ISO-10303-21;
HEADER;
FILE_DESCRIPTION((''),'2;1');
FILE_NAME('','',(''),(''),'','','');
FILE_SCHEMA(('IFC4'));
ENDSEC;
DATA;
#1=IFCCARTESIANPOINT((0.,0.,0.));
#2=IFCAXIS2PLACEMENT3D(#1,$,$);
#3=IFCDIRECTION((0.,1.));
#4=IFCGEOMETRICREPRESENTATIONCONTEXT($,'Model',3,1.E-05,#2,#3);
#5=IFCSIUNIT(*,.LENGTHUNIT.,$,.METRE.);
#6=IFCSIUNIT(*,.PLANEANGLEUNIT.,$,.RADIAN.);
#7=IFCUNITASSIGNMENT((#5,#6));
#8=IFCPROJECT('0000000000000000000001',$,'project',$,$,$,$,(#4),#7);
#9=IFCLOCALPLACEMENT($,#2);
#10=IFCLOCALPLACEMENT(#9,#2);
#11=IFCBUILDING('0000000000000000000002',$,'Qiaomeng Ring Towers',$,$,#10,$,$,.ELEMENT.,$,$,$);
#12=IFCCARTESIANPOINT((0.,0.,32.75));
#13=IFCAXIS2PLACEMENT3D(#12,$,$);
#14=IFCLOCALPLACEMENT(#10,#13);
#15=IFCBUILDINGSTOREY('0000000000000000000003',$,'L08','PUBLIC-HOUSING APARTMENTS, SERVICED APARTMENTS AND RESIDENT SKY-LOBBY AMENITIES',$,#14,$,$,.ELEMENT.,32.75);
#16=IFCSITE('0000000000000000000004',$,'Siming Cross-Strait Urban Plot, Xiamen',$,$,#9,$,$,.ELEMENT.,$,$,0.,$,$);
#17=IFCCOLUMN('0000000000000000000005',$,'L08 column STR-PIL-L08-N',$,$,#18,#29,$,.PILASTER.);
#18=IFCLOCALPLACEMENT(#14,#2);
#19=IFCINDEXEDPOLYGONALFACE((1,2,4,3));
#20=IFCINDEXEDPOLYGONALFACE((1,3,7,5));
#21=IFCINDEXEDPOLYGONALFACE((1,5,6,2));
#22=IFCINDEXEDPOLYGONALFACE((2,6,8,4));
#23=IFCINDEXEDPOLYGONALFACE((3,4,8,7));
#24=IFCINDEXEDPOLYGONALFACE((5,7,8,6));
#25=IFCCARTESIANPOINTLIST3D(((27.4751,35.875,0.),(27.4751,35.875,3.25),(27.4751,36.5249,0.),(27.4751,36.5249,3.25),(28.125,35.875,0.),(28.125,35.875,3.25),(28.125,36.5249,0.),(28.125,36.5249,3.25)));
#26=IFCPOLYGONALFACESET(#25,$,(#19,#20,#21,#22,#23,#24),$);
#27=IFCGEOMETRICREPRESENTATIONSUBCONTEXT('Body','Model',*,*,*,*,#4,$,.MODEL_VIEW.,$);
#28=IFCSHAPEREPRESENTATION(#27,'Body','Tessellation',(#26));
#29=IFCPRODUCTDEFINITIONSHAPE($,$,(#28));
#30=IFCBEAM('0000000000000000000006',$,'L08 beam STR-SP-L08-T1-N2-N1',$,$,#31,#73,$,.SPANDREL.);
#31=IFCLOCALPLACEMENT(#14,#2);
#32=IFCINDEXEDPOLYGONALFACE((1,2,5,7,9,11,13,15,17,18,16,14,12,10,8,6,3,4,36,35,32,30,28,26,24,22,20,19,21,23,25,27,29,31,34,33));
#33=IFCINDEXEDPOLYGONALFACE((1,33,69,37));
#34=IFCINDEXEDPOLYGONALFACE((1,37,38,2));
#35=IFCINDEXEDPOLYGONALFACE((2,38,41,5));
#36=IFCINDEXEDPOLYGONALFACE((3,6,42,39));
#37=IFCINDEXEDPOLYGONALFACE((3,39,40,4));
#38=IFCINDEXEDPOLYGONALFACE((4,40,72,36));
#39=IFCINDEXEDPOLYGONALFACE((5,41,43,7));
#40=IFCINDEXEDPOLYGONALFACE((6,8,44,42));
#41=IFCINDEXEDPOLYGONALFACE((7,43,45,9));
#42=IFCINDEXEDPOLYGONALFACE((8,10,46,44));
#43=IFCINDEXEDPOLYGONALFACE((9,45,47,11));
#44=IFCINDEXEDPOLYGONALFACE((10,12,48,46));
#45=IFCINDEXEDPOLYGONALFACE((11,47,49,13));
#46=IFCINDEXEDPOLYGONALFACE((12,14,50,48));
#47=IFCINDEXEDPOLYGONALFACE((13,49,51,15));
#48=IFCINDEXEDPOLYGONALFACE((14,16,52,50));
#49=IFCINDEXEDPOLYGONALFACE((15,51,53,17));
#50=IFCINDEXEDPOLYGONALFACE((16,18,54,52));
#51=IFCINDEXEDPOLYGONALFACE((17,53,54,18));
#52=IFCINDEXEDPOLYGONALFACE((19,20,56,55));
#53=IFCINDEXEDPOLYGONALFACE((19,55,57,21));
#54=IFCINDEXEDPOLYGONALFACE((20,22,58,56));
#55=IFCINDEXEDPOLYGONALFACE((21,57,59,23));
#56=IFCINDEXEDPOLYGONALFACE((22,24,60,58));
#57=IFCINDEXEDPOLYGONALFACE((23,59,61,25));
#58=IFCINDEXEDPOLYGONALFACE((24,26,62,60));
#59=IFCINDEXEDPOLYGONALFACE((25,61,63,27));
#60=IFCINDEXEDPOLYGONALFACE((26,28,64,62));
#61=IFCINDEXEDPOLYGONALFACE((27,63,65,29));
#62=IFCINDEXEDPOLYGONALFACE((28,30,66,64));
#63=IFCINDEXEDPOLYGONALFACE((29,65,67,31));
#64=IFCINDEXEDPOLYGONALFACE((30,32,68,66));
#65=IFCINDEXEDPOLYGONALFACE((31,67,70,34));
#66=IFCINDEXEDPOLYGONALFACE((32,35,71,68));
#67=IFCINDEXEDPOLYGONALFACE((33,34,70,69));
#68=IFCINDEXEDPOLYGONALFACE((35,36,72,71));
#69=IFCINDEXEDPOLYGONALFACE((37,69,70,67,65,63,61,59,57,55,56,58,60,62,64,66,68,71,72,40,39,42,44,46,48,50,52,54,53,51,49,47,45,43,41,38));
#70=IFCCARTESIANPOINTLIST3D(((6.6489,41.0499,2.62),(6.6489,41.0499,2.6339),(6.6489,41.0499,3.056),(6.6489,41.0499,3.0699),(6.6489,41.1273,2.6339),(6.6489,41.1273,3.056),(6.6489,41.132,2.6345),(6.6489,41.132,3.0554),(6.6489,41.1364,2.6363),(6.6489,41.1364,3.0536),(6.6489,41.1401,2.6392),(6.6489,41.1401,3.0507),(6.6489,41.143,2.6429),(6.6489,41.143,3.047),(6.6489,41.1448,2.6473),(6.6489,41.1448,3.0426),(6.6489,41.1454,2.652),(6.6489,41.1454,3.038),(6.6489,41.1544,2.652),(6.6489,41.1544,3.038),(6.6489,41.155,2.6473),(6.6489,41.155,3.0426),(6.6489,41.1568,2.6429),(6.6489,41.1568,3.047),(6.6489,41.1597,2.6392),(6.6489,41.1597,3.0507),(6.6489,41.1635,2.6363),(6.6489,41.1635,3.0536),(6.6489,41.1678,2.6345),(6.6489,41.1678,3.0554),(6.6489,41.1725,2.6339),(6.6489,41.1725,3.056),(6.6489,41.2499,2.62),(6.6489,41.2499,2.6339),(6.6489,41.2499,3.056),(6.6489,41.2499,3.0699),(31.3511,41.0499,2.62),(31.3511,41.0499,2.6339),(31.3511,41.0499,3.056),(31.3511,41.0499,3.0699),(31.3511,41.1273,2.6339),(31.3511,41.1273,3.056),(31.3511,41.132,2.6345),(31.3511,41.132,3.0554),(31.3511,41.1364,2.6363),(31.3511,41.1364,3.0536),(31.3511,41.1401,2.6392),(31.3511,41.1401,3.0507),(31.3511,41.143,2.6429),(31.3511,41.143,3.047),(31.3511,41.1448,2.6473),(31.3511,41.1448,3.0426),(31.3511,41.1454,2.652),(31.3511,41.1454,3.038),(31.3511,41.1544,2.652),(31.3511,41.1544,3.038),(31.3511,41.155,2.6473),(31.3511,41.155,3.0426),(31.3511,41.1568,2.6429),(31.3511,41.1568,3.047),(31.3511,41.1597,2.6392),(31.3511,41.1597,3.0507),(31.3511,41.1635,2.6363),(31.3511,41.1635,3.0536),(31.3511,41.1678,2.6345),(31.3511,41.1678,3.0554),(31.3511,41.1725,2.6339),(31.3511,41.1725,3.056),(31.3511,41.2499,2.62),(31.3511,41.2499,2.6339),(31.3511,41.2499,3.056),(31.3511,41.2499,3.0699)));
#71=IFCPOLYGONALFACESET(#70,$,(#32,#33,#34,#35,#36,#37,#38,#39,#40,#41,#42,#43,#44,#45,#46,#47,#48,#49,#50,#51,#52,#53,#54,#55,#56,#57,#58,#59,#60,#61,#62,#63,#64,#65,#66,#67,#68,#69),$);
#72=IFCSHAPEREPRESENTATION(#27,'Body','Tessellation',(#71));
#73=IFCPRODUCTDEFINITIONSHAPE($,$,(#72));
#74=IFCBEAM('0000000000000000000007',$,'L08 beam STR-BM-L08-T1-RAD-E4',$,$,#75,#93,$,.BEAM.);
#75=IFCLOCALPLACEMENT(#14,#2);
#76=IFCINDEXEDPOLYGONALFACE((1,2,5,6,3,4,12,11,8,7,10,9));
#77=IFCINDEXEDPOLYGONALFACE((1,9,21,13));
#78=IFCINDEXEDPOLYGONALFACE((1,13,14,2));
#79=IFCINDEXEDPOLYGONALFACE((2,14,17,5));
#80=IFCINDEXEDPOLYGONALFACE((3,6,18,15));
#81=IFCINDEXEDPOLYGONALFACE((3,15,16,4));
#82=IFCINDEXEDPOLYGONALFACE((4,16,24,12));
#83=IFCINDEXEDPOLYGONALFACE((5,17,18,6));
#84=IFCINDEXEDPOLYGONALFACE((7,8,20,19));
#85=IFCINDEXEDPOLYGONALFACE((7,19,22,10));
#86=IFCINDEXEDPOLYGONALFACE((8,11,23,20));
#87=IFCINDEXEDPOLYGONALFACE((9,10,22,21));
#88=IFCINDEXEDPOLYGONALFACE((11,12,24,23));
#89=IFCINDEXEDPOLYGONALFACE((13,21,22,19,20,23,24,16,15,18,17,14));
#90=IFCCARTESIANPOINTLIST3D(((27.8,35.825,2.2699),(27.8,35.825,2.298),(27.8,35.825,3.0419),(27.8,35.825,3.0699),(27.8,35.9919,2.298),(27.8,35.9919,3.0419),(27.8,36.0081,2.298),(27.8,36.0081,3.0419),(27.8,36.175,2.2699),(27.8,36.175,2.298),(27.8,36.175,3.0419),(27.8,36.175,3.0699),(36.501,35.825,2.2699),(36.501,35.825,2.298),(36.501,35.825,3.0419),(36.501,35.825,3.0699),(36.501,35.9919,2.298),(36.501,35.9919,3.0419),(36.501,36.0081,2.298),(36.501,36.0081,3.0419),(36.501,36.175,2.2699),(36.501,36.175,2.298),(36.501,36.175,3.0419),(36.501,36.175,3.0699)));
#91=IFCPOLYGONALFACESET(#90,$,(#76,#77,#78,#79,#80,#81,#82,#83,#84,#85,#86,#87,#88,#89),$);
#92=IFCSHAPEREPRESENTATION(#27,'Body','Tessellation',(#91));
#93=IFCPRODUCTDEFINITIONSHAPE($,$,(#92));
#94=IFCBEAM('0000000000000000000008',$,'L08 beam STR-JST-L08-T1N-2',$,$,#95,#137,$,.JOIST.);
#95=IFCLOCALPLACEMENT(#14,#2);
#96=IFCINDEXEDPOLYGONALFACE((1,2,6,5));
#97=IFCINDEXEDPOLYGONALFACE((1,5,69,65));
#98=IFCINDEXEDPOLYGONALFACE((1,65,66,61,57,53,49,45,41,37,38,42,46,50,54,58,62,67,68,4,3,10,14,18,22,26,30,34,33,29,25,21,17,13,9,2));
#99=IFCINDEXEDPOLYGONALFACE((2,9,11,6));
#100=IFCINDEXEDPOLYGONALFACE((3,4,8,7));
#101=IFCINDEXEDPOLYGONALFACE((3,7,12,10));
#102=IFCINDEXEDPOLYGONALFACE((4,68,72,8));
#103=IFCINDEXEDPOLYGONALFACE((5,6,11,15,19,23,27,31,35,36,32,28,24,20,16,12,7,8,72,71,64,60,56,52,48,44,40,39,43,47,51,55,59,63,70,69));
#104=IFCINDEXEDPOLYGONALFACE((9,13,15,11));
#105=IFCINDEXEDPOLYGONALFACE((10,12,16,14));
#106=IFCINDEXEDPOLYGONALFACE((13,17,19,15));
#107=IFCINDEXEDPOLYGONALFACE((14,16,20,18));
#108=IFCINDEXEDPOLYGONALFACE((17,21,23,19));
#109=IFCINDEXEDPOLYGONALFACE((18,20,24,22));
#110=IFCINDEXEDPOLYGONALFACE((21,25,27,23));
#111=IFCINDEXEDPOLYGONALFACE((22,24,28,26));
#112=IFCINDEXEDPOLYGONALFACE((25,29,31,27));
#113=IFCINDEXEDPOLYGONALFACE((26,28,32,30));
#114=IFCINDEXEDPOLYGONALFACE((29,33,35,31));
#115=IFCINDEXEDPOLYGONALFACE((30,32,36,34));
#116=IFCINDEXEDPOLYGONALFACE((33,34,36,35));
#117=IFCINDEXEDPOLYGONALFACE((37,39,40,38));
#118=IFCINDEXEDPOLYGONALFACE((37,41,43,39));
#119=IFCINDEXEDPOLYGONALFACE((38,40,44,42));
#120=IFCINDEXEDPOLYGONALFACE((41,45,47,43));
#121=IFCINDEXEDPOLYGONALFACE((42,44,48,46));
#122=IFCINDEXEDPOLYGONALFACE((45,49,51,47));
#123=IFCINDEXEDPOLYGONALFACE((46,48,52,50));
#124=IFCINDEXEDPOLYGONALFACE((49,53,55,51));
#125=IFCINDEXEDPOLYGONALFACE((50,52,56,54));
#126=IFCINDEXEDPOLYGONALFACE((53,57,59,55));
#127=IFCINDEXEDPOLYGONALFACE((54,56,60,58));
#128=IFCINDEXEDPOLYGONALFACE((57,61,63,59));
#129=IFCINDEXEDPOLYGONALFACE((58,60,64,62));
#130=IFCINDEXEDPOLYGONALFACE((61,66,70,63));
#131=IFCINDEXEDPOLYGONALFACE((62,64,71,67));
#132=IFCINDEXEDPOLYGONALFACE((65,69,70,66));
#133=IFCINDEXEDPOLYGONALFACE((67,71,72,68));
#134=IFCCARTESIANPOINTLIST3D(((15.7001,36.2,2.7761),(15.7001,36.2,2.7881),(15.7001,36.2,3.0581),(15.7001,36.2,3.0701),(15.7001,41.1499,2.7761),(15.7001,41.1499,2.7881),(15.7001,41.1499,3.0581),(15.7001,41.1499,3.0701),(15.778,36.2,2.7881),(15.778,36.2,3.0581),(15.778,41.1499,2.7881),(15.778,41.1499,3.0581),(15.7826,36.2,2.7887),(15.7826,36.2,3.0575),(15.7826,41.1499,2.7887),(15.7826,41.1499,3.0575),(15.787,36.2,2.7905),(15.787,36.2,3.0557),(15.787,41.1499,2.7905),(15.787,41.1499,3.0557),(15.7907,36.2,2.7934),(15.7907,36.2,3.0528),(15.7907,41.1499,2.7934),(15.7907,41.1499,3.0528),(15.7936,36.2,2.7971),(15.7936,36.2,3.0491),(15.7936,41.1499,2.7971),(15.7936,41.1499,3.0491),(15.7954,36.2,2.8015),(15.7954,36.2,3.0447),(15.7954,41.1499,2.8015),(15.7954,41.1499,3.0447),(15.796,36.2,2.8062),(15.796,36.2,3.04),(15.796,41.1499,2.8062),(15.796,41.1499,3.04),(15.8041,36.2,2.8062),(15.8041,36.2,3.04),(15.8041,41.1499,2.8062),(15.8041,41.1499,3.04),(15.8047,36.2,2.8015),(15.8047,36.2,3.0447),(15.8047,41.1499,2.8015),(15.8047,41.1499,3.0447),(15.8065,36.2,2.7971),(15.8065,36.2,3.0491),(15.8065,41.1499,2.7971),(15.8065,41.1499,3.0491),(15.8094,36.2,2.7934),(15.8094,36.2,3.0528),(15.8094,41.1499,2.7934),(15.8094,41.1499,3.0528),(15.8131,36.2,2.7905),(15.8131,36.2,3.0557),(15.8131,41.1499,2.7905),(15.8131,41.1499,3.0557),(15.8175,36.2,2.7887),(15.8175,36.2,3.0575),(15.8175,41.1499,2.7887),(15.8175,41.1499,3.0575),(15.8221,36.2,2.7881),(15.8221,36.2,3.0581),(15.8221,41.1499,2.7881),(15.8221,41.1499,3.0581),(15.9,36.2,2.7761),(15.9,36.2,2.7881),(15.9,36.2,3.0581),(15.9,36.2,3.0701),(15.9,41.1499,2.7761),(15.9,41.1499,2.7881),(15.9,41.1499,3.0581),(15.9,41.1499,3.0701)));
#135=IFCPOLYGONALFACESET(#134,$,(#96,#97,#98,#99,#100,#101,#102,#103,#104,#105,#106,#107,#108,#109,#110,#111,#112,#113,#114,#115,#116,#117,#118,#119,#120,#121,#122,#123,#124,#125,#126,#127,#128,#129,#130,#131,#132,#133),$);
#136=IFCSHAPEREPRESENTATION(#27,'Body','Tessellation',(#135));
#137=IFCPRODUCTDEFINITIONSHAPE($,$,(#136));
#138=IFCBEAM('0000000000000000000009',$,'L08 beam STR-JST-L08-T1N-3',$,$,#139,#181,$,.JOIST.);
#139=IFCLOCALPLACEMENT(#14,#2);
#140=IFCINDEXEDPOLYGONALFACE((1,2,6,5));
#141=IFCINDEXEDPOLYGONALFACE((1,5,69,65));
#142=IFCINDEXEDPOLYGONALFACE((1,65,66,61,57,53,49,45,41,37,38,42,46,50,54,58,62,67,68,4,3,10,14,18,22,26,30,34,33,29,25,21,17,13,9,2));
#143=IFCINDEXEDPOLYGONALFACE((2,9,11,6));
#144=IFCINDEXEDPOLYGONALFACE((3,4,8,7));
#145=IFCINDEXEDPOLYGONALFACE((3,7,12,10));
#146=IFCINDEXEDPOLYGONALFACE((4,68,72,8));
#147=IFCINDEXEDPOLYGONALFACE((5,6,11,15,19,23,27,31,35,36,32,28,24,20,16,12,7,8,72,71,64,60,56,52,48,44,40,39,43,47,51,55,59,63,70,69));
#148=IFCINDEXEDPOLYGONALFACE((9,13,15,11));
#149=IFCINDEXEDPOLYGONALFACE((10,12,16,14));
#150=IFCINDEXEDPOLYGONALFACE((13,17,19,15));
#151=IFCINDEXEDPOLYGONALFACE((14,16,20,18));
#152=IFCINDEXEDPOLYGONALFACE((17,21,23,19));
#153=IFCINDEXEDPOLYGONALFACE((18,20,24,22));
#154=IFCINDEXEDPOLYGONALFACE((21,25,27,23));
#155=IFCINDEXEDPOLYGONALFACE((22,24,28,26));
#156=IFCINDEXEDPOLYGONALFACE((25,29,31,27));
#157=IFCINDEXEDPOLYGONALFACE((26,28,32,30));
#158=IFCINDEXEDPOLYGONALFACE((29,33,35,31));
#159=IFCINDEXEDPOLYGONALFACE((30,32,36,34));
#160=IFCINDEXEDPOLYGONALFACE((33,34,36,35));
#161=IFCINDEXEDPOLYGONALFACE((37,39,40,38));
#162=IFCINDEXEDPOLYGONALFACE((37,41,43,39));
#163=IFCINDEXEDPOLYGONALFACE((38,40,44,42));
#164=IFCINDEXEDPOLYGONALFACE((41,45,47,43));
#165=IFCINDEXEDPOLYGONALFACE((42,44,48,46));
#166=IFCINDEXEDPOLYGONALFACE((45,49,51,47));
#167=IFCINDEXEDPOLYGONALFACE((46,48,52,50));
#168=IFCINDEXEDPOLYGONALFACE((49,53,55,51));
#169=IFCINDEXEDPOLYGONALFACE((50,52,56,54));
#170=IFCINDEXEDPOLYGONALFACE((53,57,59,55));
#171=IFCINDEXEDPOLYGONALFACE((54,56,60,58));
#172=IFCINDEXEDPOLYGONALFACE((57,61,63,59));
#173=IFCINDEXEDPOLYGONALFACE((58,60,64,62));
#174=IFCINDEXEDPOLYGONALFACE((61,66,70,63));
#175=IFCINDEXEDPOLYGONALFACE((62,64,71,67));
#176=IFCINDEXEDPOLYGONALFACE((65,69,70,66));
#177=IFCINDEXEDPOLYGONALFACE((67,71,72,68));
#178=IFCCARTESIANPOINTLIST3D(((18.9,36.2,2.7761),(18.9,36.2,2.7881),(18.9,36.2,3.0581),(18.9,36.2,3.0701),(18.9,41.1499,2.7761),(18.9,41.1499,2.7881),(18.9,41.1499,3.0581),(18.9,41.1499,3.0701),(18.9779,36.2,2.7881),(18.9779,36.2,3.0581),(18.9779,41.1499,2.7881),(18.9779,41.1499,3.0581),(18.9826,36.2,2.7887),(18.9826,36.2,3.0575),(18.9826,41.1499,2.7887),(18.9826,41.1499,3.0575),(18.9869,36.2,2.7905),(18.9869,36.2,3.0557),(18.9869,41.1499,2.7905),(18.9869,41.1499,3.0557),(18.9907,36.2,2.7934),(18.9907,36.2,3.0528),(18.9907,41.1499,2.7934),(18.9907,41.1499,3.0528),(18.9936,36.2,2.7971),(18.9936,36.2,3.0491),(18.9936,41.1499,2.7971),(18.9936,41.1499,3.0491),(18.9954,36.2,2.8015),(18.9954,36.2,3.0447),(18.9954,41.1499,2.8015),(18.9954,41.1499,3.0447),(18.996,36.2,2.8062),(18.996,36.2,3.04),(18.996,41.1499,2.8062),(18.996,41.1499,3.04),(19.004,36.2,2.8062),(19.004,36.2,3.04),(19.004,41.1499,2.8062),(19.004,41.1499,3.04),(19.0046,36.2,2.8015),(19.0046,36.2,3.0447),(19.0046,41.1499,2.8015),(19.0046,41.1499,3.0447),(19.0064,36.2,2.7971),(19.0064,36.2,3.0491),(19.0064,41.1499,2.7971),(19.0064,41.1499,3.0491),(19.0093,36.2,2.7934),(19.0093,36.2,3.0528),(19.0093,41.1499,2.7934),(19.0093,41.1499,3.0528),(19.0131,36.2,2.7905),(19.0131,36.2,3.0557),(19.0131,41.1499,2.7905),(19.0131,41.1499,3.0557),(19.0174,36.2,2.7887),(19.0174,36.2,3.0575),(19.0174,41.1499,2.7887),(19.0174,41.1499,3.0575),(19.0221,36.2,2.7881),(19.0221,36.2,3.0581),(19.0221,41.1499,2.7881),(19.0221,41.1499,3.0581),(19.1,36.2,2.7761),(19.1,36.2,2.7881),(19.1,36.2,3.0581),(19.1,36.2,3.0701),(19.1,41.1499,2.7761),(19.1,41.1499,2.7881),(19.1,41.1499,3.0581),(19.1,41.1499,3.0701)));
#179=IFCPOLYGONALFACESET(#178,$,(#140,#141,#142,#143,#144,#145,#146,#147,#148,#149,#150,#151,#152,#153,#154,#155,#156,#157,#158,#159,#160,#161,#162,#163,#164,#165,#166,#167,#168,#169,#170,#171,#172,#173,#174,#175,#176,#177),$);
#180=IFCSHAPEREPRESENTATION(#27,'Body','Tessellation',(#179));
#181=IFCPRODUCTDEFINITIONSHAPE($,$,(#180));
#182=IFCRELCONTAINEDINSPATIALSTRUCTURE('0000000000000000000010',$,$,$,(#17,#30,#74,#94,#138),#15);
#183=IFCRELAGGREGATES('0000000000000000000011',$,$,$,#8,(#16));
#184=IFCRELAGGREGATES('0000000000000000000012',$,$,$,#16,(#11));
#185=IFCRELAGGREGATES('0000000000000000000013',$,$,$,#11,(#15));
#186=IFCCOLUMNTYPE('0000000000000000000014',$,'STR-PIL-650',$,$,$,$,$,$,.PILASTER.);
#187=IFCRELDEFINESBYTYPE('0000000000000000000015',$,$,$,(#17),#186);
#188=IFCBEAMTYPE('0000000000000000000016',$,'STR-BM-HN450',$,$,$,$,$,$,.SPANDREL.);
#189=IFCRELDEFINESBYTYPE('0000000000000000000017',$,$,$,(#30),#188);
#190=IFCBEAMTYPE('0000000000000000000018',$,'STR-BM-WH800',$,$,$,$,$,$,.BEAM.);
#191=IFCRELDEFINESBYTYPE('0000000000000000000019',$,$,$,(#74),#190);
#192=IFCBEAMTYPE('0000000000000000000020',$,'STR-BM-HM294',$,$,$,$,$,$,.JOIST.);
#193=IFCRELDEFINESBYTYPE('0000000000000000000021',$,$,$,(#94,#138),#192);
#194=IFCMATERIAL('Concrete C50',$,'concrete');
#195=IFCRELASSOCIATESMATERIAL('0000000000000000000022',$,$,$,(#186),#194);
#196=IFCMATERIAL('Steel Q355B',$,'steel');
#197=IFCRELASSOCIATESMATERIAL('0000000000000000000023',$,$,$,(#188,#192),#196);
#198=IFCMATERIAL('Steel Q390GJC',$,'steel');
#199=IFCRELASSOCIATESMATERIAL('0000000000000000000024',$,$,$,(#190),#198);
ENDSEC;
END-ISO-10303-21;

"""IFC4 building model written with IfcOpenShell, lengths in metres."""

from ifc_helpers import new_model, si_unit, direction, frame, origin, origin_2d, place, context, subcontext, project, spatial, rectangle, i_section, extrude, source, transform, mapped, material, material_profile, profile_set, type_object, element, save


model = new_model("IFC4")

# Units and contexts
model_context = context("Model", 3, precision=1e-05, world=origin(), true_north=direction((0.0, 1.0)))
body_context = subcontext(model_context, "Body", "Model", "MODEL_VIEW")
ifc_project = project(units=[si_unit("LENGTHUNIT", "METRE"), si_unit("PLANEANGLEUNIT", "RADIAN")], contexts=[model_context])

# Site, building, storey
site_placement = place(None, origin())
site = spatial("IfcSite", under=ifc_project, at=site_placement, Name="Siming Cross-Strait Urban Plot, Xiamen", CompositionType="ELEMENT", RefElevation=0.0)
building_placement = place(site_placement, origin())
building = spatial("IfcBuilding", under=site, at=building_placement, Name="Qiaomeng Ring Towers", CompositionType="ELEMENT")
storey_placement = place(building_placement, frame((0.0, 0.0, 32.75)))
storey = spatial("IfcBuildingStorey", under=building, at=storey_placement, Name="L08", Description="PUBLIC-HOUSING APARTMENTS, SERVICED APARTMENTS AND RESIDENT SKY-LOBBY AMENITIES", CompositionType="ELEMENT", Elevation=32.75)

# Column
ifc_material_1 = material(Name="Concrete C50", Category="concrete")
ifc_material_profile_1 = material_profile(ifc_material_1, rectangle(XDim=0.6499, YDim=0.6499, at=origin_2d()), Name="RC COL 650x650")
ifc_profile_set_1 = profile_set([ifc_material_profile_1], Name="Concrete C50")
column_type = type_object("IfcColumnType", Name="STR-PIL-650", PredefinedType="PILASTER", material=ifc_profile_set_1)
shared_shape_1 = source(origin(), body_context, "Body", "SweptSolid", [
    extrude(rectangle(XDim=0.6499, YDim=0.6499, at=origin_2d()), origin(), (0.0, 0.0, 1.0), 3.25),
])
column_placement = place(storey_placement, frame((27.8, 36.2, 0.0), z_axis=(0.0, 0.0, 1.0), x_axis=(1.0, 0.0, 0.0)))
element("IfcColumn", 1, at=column_placement, inside=storey, type_object=column_type, Name="L08 column STR-PIL-L08-N", PredefinedType="PILASTER", context=body_context, shape_type="MappedRepresentation", body=[
    mapped(shared_shape_1, transform((0.0, 0.0, 0.0), x_axis=(1.0, 0.0, 0.0), y_axis=(0.0, 1.0, 0.0), z_axis=(0.0, 0.0, 1.0), scale=1.0)),
])

# Beams
ifc_material_2 = material(Name="Steel Q355B", Category="steel")
ifc_material_profile_2 = material_profile(ifc_material_2, i_section(OverallWidth=0.2, OverallDepth=0.45, WebThickness=0.009, FlangeThickness=0.0139, FilletRadius=0.0181, at=origin_2d()), Name="HN 450x200x9x14")
ifc_profile_set_2 = profile_set([ifc_material_profile_2], Name="Steel Q355B")
beam_type_1 = type_object("IfcBeamType", Name="STR-BM-HN450", PredefinedType="SPANDREL", material=ifc_profile_set_2)
shared_shape_2 = source(origin(), body_context, "Body", "SweptSolid", [
    extrude(i_section(OverallWidth=0.2, OverallDepth=0.45, WebThickness=0.009, FlangeThickness=0.0139, FilletRadius=0.0181, at=origin_2d()), origin(), (0.0, 0.0, 1.0), 24.7021),
])
beam_1_placement = place(storey_placement, frame((31.3511, 41.1499, 2.845), z_axis=(-1.0, 0.0, 0.0), x_axis=(0.0, -1.0, 0.0)))
element("IfcBeam", 2, at=beam_1_placement, inside=storey, type_object=beam_type_1, Name="L08 beam STR-SP-L08-T1-N2-N1", PredefinedType="SPANDREL", context=body_context, shape_type="MappedRepresentation", body=[
    mapped(shared_shape_2, transform((0.0, 0.0, 0.0), x_axis=(1.0, 0.0, 0.0), y_axis=(0.0, 1.0, 0.0), z_axis=(0.0, 0.0, 1.0), scale=1.0)),
])
ifc_material_3 = material(Name="Steel Q390GJC", Category="steel")
ifc_material_profile_3 = material_profile(ifc_material_3, i_section(OverallWidth=0.3501, OverallDepth=0.8, WebThickness=0.0161, FlangeThickness=0.0281, at=origin_2d()), Name="WH 800x350x16x28")
ifc_profile_set_3 = profile_set([ifc_material_profile_3], Name="Steel Q390GJC")
beam_type_2 = type_object("IfcBeamType", Name="STR-BM-WH800", PredefinedType="BEAM", material=ifc_profile_set_3)
shared_shape_3 = source(origin(), body_context, "Body", "SweptSolid", [
    extrude(i_section(OverallWidth=0.3501, OverallDepth=0.8, WebThickness=0.0161, FlangeThickness=0.0281, at=origin_2d()), origin(), (0.0, 0.0, 1.0), 8.7009),
])
beam_2_placement = place(storey_placement, frame((27.8, 36.0, 2.6699), z_axis=(1.0, 0.0, 0.0), x_axis=(0.0, 1.0, 0.0)))
element("IfcBeam", 3, at=beam_2_placement, inside=storey, type_object=beam_type_2, Name="L08 beam STR-BM-L08-T1-RAD-E4", PredefinedType="BEAM", context=body_context, shape_type="MappedRepresentation", body=[
    mapped(shared_shape_3, transform((0.0, 0.0, 0.0), x_axis=(1.0, 0.0, 0.0), y_axis=(0.0, 1.0, 0.0), z_axis=(0.0, 0.0, 1.0), scale=1.0)),
])
ifc_material_profile_4 = material_profile(ifc_material_2, i_section(OverallWidth=0.2, OverallDepth=0.2939, WebThickness=0.0081, FlangeThickness=0.012, FilletRadius=0.0181, at=origin_2d()), Name="HM 294x200x8x12")
ifc_profile_set_4 = profile_set([ifc_material_profile_4], Name="Steel Q355B")
beam_type_3 = type_object("IfcBeamType", Name="STR-BM-HM294", PredefinedType="JOIST", material=ifc_profile_set_4)
shared_shape_4 = source(origin(), body_context, "Body", "SweptSolid", [
    extrude(i_section(OverallWidth=0.2, OverallDepth=0.2939, WebThickness=0.0081, FlangeThickness=0.012, FilletRadius=0.0181, at=origin_2d()), origin(), (0.0, 0.0, 1.0), 4.95),
])
for number, where, z_axis, x_axis, name in (
    (4, (15.8, 36.2, 2.9231), (0.0, 1.0, 0.0), (-1.0, 0.0, 0.0), "L08 beam STR-JST-L08-T1N-2"),
    (5, (19.0, 36.2, 2.9231), (0.0, 1.0, 0.0), (-1.0, 0.0, 0.0), "L08 beam STR-JST-L08-T1N-3"),
):
    element("IfcBeam", number, at=place(storey_placement, frame(where, z_axis=z_axis, x_axis=x_axis)), inside=storey, type_object=beam_type_3, Name=name, PredefinedType="JOIST", context=body_context, shape_type="MappedRepresentation", body=[
        mapped(shared_shape_4, transform((0.0, 0.0, 0.0), x_axis=(1.0, 0.0, 0.0), y_axis=(0.0, 1.0, 0.0), z_axis=(0.0, 0.0, 1.0), scale=1.0)),
    ])

save(model, "model.ifc")
